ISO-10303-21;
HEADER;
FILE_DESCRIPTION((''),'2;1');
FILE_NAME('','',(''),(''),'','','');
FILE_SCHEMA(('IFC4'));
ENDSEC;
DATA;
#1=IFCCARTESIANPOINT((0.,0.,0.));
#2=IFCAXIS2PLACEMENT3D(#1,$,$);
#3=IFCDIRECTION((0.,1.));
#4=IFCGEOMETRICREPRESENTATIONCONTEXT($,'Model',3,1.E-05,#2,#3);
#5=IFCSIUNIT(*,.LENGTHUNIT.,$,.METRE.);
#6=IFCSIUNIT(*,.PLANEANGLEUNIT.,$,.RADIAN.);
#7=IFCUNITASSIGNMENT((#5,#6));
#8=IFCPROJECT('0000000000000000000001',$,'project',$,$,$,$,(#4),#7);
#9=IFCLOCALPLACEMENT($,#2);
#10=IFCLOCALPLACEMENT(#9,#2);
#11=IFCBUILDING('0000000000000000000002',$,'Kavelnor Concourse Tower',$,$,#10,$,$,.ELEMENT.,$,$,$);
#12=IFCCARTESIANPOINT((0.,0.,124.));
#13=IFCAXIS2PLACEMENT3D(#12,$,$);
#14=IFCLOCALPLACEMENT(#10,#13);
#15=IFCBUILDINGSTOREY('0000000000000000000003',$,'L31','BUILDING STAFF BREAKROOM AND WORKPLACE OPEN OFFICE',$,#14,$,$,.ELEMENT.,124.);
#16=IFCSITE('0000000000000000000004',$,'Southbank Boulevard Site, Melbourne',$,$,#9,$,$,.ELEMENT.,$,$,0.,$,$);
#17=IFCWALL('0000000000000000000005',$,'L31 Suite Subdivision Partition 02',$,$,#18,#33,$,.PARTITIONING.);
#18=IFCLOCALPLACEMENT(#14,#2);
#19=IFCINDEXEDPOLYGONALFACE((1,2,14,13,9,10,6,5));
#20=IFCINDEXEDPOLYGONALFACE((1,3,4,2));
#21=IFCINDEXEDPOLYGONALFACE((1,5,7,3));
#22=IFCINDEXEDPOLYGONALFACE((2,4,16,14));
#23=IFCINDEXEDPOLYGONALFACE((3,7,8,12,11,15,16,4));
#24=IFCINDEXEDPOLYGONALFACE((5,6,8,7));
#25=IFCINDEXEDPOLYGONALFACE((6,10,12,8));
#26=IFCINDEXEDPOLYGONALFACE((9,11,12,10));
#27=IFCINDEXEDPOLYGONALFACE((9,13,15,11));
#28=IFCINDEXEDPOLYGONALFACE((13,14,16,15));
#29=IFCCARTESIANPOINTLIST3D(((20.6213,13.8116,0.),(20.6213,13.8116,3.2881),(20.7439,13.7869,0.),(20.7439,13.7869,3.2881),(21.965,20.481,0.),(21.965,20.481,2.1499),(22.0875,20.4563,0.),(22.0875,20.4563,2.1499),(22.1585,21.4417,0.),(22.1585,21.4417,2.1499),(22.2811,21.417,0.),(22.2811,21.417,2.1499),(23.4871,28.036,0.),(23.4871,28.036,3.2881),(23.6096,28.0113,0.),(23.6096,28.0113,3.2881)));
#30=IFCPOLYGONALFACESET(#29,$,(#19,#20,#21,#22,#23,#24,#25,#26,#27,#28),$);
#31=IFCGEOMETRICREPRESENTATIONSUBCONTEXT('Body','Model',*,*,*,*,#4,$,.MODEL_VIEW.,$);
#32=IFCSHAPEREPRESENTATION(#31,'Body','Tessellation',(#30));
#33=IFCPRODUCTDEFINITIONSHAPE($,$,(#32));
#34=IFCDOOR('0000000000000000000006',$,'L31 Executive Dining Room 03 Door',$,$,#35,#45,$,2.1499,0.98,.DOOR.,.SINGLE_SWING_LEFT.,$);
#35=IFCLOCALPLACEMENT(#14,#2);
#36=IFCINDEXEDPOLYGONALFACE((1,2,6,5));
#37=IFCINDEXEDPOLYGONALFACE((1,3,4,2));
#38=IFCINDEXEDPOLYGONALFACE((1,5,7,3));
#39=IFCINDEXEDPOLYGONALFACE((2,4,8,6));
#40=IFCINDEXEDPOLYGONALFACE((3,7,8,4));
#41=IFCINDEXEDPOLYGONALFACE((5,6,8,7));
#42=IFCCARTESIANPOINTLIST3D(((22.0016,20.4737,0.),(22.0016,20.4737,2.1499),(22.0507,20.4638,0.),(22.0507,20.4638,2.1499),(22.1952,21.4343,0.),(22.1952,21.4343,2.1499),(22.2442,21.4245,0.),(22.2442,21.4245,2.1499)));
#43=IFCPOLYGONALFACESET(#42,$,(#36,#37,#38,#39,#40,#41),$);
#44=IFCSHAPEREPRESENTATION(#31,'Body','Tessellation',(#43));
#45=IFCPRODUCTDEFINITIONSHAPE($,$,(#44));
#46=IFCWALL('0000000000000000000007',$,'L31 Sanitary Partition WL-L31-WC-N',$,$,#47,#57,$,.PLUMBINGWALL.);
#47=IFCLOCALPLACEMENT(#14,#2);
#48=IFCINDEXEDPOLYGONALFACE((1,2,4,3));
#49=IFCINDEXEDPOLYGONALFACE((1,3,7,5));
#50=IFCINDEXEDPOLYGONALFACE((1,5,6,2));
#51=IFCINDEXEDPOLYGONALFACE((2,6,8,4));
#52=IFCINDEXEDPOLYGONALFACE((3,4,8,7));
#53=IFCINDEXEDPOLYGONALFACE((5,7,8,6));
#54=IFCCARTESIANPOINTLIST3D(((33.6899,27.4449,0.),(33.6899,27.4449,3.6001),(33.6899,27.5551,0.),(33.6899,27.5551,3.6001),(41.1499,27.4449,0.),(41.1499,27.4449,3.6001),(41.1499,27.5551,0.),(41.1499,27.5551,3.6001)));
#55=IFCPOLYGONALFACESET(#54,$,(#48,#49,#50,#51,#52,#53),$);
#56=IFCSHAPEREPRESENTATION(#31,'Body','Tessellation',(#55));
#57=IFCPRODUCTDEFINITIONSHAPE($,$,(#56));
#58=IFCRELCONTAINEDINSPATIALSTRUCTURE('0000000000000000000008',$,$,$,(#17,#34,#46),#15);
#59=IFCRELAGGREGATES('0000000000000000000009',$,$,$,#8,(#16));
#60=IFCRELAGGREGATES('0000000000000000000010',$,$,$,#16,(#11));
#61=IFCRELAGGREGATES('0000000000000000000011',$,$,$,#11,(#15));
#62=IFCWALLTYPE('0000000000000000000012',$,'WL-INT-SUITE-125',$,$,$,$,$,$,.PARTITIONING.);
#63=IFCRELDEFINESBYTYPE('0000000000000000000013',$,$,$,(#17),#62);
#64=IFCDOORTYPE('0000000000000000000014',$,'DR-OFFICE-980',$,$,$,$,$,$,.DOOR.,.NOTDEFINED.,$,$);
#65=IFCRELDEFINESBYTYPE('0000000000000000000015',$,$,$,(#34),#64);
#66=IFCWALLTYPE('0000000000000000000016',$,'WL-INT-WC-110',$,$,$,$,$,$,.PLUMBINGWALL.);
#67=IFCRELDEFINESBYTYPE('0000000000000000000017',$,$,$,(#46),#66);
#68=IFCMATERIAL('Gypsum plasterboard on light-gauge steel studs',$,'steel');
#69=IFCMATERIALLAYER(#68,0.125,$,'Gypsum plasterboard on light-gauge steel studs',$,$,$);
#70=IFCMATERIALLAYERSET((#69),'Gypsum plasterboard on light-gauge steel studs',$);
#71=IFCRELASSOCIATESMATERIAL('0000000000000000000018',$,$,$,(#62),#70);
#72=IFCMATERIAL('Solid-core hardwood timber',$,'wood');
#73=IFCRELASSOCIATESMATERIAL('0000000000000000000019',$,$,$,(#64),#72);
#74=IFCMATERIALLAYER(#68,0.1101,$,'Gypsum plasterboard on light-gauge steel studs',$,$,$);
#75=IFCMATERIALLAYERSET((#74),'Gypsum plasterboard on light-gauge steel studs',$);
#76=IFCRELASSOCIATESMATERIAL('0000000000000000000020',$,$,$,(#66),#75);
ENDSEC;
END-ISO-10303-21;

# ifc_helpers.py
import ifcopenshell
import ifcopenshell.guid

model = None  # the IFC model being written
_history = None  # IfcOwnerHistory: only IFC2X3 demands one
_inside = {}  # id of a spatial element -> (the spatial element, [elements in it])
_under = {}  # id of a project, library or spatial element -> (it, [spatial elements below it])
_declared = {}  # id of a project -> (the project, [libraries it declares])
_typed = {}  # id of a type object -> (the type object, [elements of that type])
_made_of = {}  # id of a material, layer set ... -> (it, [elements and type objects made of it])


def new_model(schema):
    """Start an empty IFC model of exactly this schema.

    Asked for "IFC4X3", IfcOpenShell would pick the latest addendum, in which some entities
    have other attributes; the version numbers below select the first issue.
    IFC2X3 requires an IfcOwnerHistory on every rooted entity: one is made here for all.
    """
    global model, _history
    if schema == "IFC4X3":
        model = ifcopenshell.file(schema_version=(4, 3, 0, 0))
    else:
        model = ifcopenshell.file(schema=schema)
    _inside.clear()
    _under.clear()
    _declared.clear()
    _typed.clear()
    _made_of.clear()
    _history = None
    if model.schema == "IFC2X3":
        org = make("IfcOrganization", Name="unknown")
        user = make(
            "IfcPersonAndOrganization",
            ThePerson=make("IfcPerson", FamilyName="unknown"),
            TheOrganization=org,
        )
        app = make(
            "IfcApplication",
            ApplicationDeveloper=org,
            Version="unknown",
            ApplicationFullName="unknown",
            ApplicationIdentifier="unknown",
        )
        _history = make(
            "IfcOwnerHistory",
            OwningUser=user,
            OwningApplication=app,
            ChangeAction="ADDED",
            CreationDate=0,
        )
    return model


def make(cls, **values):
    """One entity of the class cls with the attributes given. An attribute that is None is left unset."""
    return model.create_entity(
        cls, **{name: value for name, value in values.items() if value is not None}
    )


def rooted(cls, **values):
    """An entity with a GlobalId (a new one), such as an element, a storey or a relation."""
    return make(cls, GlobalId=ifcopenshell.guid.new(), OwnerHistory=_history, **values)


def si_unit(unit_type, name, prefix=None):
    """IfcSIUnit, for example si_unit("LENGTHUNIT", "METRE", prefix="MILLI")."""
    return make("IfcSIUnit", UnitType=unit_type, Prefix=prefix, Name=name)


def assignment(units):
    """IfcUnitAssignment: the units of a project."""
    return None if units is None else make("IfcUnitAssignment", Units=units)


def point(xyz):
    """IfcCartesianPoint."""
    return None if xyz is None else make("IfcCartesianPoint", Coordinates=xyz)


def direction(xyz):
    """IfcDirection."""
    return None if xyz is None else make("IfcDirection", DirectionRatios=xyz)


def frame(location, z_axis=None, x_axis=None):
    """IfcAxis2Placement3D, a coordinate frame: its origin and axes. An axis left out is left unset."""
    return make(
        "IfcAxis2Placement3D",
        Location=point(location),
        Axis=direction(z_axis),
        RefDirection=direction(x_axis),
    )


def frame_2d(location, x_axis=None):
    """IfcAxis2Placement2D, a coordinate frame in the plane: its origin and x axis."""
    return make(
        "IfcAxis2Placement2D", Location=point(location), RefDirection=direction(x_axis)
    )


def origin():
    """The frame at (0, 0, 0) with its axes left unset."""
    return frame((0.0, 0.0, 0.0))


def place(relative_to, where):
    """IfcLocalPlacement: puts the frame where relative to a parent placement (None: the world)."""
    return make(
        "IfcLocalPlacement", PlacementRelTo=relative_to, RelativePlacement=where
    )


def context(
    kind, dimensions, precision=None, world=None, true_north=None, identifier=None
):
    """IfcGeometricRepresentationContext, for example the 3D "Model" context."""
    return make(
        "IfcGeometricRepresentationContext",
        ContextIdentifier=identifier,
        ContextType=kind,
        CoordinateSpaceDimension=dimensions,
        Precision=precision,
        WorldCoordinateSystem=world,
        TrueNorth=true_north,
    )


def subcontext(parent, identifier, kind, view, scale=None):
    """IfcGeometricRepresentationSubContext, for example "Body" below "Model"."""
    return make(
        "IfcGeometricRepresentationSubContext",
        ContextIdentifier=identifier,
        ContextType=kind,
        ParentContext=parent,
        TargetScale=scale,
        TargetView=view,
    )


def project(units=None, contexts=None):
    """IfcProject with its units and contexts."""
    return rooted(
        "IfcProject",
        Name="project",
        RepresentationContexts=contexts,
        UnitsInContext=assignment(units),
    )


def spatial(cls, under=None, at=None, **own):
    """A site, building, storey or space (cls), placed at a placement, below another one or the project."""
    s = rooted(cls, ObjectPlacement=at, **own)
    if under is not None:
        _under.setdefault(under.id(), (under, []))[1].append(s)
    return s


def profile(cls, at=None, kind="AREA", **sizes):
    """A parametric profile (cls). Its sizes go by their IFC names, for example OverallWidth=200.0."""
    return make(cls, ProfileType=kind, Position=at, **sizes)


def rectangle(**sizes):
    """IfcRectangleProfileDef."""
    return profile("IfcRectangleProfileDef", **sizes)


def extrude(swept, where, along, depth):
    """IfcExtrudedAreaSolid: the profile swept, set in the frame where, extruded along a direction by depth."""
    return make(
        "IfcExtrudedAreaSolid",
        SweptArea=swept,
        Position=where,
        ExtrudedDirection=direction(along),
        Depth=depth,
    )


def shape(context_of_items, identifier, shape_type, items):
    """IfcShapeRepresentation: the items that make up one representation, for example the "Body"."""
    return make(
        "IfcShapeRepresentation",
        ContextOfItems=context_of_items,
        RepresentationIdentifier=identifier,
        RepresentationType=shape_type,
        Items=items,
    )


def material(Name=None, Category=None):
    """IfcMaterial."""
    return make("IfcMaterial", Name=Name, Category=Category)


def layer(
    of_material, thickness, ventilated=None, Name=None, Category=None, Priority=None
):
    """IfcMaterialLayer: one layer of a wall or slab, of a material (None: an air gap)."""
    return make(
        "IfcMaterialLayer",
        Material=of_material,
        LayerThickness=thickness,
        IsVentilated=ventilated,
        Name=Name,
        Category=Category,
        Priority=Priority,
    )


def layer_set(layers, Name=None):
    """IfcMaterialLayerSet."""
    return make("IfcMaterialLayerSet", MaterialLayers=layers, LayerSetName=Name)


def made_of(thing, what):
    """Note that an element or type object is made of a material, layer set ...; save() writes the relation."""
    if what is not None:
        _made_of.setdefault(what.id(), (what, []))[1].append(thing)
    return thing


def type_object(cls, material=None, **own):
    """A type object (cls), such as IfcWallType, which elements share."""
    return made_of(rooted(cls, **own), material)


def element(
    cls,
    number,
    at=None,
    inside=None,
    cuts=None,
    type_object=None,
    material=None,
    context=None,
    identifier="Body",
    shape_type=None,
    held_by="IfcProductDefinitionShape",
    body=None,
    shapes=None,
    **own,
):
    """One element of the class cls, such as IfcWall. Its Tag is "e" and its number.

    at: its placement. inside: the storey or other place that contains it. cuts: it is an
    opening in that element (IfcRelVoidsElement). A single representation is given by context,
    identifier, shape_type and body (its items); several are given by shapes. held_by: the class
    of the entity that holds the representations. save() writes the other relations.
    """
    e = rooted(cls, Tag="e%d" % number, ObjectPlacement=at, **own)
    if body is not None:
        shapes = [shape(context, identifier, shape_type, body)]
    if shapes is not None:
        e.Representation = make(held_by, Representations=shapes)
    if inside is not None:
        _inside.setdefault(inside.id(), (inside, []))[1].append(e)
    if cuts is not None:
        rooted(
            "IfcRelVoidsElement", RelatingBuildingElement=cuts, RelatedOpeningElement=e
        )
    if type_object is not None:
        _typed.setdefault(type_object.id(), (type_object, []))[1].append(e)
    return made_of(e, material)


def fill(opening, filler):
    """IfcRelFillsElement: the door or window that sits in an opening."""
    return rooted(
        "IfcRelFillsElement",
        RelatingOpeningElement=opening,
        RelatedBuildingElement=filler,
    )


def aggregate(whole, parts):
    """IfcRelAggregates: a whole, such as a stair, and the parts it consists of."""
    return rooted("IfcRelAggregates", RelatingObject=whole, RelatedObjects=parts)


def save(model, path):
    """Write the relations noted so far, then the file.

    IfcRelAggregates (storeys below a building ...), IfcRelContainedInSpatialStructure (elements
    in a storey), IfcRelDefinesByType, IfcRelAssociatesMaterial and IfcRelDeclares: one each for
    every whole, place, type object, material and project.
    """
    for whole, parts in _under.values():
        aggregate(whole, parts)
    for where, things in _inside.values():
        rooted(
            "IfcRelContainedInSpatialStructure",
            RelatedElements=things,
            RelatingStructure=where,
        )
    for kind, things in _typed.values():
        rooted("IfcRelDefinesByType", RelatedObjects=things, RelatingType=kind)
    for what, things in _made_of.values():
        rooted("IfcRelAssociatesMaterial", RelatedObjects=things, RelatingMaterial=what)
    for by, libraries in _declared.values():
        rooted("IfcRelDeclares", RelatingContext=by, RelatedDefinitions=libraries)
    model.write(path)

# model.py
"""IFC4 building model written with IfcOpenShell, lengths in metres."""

from ifc_helpers import new_model, si_unit, direction, frame, frame_2d, origin, place, context, subcontext, project, spatial, rectangle, extrude, material, layer, layer_set, type_object, element, fill, save


model = new_model("IFC4")

# Units and contexts
model_context = context("Model", 3, precision=1e-05, world=origin(), true_north=direction((0.0, 1.0)))
body_context = subcontext(model_context, "Body", "Model", "MODEL_VIEW")
ifc_project = project(units=[si_unit("LENGTHUNIT", "METRE"), si_unit("PLANEANGLEUNIT", "RADIAN")], contexts=[model_context])

# Site, building, storey
site_placement = place(None, origin())
site = spatial("IfcSite", under=ifc_project, at=site_placement, Name="Southbank Boulevard Site, Melbourne", CompositionType="ELEMENT", RefElevation=0.0)
building_placement = place(site_placement, origin())
building = spatial("IfcBuilding", under=site, at=building_placement, Name="Kavelnor Concourse Tower", CompositionType="ELEMENT")
storey_placement = place(building_placement, frame((0.0, 0.0, 124.0)))
storey = spatial("IfcBuildingStorey", under=building, at=storey_placement, Name="L31", Description="BUILDING STAFF BREAKROOM AND WORKPLACE OPEN OFFICE", CompositionType="ELEMENT", Elevation=124.0)

# Wall, opening, door
ifc_material_1 = material(Name="Gypsum plasterboard on light-gauge steel studs", Category="steel")
ifc_layer_1 = layer(ifc_material_1, 0.125, Name="Gypsum plasterboard on light-gauge steel studs")
ifc_layer_set_1 = layer_set([ifc_layer_1], Name="Gypsum plasterboard on light-gauge steel studs")
wall_type_1 = type_object("IfcWallType", Name="WL-INT-SUITE-125", PredefinedType="PARTITIONING", material=ifc_layer_set_1)
wall_1_placement = place(storey_placement, frame((23.5483, 28.0237, 0.0), z_axis=(0.0, 0.0, 1.0), x_axis=(-0.197498, -0.980303, 0.0)))
wall_1 = element("IfcWall", 1, at=wall_1_placement, inside=storey, type_object=wall_type_1, Name="L31 Suite Subdivision Partition 02", PredefinedType="PARTITIONING", context=body_context, shape_type="SweptSolid", body=[
    extrude(rectangle(XDim=14.5103, YDim=0.125, at=frame_2d((7.2551, 0.0))), origin(), (0.0, 0.0, 1.0), 3.2881),
])
opening_1_placement = place(wall_1_placement, frame((6.7268, 0.0, 0.0)))
opening_1 = element("IfcOpeningElement", 2, at=opening_1_placement, cuts=wall_1, PredefinedType="OPENING", context=body_context, shape_type="SweptSolid", body=[
    extrude(rectangle(XDim=0.98, YDim=2.1499, at=frame_2d((0.49, 1.075))), frame((0.0, 0.0725, 0.0), z_axis=(0.0, -1.0, 0.0), x_axis=(1.0, 0.0, 0.0)), (0.0, 0.0, 1.0), 0.145),
])
ifc_material_2 = material(Name="Solid-core hardwood timber", Category="wood")
door_type = type_object("IfcDoorType", Name="DR-OFFICE-980", OperationType="NOTDEFINED", PredefinedType="DOOR", material=ifc_material_2)
door_placement = place(opening_1_placement, origin())
door = element("IfcDoor", 3, at=door_placement, inside=storey, type_object=door_type, Name="L31 Executive Dining Room 03 Door", OperationType="SINGLE_SWING_LEFT", OverallHeight=2.1499, OverallWidth=0.98, PredefinedType="DOOR", context=body_context, shape_type="SweptSolid", body=[
    extrude(rectangle(XDim=0.98, YDim=2.1499, at=frame_2d((0.49, 1.075))), frame((0.0, 0.0249, 0.0), z_axis=(0.0, -1.0, 0.0), x_axis=(1.0, 0.0, 0.0)), (0.0, 0.0, 1.0), 0.05),
])
fill(opening_1, door)

# Wall
ifc_layer_2 = layer(ifc_material_1, 0.1101, Name="Gypsum plasterboard on light-gauge steel studs")
ifc_layer_set_2 = layer_set([ifc_layer_2], Name="Gypsum plasterboard on light-gauge steel studs")
wall_type_2 = type_object("IfcWallType", Name="WL-INT-WC-110", PredefinedType="PLUMBINGWALL", material=ifc_layer_set_2)
wall_2_placement = place(storey_placement, frame((33.6899, 27.5, 0.0), z_axis=(0.0, 0.0, 1.0), x_axis=(1.0, 0.0, 0.0)))
element("IfcWall", 4, at=wall_2_placement, inside=storey, type_object=wall_type_2, Name="L31 Sanitary Partition WL-L31-WC-N", PredefinedType="PLUMBINGWALL", context=body_context, shape_type="SweptSolid", body=[
    extrude(rectangle(XDim=7.46, YDim=0.1101, at=frame_2d((3.73, 0.0))), origin(), (0.0, 0.0, 1.0), 3.6001),
])

save(model, "model.ifc")
